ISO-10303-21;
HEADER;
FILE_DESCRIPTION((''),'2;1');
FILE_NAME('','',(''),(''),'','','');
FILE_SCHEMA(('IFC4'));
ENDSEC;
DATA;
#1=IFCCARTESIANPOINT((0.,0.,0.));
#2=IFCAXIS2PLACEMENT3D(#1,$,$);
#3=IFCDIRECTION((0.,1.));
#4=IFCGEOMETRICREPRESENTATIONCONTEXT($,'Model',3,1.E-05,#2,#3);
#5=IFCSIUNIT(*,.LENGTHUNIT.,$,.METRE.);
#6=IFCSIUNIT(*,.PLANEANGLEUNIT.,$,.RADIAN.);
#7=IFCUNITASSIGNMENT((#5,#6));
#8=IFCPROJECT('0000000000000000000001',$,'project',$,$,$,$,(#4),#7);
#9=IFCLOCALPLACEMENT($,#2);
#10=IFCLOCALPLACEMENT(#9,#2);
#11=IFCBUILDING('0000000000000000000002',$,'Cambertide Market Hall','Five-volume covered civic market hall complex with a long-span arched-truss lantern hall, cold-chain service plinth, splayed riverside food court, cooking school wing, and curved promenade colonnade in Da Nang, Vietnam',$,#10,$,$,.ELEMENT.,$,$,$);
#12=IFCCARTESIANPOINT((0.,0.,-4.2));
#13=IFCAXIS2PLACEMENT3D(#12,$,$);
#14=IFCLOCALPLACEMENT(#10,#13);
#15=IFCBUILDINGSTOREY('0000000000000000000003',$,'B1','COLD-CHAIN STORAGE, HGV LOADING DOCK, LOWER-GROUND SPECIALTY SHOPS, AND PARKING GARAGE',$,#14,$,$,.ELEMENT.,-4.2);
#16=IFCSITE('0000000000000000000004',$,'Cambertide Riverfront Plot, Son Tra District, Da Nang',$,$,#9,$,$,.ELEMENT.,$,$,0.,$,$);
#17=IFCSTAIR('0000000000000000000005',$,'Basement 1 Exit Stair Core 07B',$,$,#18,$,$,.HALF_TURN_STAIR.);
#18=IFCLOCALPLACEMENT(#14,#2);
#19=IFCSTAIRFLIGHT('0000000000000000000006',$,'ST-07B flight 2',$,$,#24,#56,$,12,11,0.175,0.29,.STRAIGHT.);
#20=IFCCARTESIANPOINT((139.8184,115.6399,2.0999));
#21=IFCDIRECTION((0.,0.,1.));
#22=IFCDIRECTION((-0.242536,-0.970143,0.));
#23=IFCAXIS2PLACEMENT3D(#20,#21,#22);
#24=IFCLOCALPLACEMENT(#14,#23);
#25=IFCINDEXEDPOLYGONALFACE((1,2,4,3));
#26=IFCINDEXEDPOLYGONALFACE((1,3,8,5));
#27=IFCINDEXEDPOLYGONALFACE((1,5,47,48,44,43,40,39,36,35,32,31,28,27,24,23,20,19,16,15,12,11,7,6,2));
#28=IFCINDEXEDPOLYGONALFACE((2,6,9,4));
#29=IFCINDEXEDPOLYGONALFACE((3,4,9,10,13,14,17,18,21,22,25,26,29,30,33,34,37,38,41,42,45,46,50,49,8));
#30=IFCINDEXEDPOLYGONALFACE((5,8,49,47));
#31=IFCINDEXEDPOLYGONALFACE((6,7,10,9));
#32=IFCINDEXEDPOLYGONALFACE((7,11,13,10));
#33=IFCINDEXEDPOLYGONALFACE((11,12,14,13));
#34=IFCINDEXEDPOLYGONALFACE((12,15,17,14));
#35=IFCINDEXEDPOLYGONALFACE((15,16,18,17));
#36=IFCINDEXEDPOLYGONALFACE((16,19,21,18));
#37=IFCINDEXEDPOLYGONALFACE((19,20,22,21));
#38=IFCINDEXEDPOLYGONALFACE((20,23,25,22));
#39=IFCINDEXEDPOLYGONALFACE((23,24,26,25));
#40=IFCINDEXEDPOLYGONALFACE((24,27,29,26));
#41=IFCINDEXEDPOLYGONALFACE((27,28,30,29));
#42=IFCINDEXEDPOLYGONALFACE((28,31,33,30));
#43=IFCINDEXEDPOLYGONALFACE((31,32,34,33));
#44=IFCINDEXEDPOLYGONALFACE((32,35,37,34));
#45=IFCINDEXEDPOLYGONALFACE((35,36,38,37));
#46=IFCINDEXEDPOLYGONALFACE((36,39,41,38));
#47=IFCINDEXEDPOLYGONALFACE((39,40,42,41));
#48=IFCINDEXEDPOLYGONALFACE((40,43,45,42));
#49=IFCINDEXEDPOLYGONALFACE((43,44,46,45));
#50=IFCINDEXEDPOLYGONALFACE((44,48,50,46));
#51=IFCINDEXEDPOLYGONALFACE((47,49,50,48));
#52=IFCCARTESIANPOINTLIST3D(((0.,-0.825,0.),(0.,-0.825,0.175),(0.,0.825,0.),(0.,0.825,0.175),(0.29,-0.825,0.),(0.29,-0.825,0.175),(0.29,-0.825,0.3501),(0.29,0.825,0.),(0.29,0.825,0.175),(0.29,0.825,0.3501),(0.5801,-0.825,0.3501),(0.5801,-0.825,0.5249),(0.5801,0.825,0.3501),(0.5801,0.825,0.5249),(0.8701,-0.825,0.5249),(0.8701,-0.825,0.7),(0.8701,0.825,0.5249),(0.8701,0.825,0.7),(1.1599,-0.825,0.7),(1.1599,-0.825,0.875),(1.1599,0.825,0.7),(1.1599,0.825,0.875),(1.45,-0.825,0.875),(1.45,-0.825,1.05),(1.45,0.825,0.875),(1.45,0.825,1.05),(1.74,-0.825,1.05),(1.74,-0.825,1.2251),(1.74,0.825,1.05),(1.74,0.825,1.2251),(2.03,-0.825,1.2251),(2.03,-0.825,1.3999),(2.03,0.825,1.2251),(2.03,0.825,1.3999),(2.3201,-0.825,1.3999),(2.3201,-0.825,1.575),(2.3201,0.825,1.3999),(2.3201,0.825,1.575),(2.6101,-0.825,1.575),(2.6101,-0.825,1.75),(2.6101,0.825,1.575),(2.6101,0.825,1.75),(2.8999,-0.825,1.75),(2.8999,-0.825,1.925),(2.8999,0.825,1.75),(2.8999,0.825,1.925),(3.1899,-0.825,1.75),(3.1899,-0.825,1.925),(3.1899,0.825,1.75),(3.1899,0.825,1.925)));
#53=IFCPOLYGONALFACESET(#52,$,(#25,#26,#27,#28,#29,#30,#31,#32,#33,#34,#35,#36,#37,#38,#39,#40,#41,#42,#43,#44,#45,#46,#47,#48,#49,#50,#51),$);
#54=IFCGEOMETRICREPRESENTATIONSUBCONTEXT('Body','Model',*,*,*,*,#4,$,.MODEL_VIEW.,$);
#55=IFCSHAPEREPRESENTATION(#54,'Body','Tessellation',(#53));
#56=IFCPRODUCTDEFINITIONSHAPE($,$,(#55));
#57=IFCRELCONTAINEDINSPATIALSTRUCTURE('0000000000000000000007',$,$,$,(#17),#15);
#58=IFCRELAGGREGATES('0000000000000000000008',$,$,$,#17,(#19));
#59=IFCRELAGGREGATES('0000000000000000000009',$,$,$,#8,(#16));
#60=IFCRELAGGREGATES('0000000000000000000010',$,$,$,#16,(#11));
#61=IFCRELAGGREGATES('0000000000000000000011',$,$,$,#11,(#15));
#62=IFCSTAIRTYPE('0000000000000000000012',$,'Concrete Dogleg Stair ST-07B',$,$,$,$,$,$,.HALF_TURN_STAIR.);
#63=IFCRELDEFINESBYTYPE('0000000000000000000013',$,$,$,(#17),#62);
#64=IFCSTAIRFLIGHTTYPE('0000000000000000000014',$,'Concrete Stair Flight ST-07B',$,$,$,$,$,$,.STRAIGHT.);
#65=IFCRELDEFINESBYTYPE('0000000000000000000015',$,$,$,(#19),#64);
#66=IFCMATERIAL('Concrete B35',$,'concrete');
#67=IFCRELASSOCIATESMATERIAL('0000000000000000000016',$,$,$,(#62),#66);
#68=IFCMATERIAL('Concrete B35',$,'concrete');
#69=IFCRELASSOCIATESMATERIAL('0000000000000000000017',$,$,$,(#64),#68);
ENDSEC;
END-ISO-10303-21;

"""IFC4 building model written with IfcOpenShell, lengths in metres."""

from ifc_helpers import new_model, si_unit, direction, frame, origin, place, context, subcontext, project, spatial, polyline, outline, extrude, material, type_object, element, aggregate, save


model = new_model("IFC4")

# Units and contexts
model_context = context("Model", 3, precision=1e-05, world=origin(), true_north=direction((0.0, 1.0)))
body_context = subcontext(model_context, "Body", "Model", "MODEL_VIEW")
ifc_project = project(units=[si_unit("LENGTHUNIT", "METRE"), si_unit("PLANEANGLEUNIT", "RADIAN")], contexts=[model_context])

# Site, building, storey
site_placement = place(None, origin())
site = spatial("IfcSite", under=ifc_project, at=site_placement, Name="Cambertide Riverfront Plot, Son Tra District, Da Nang", CompositionType="ELEMENT", RefElevation=0.0)
building_placement = place(site_placement, origin())
building = spatial("IfcBuilding", under=site, at=building_placement, Name="Cambertide Market Hall", Description="Five-volume covered civic market hall complex with a long-span arched-truss lantern hall, cold-chain service plinth, splayed riverside food court, cooking school wing, and curved promenade colonnade in Da Nang, Vietnam", CompositionType="ELEMENT")
storey_placement = place(building_placement, frame((0.0, 0.0, -4.2)))
storey = spatial("IfcBuildingStorey", under=building, at=storey_placement, Name="B1", Description="COLD-CHAIN STORAGE, HGV LOADING DOCK, LOWER-GROUND SPECIALTY SHOPS, AND PARKING GARAGE", CompositionType="ELEMENT", Elevation=-4.2)

# Stair, stair flight
ifc_material_1 = material(Name="Concrete B35", Category="concrete")
stair_type = type_object("IfcStairType", Name="Concrete Dogleg Stair ST-07B", PredefinedType="HALF_TURN_STAIR", material=ifc_material_1)
stair_placement = place(storey_placement, origin())
stair = element("IfcStair", 1, at=stair_placement, inside=storey, type_object=stair_type, Name="Basement 1 Exit Stair Core 07B", PredefinedType="HALF_TURN_STAIR")
ifc_material_2 = material(Name="Concrete B35", Category="concrete")
stair_flight_type = type_object("IfcStairFlightType", Name="Concrete Stair Flight ST-07B", PredefinedType="STRAIGHT", material=ifc_material_2)
stair_flight_placement = place(storey_placement, frame((139.8184, 115.6399, 2.0999), z_axis=(0.0, 0.0, 1.0), x_axis=(-0.242536, -0.970143, 0.0)))
stair_flight = element("IfcStairFlight", 2, at=stair_flight_placement, type_object=stair_flight_type, Name="ST-07B flight 2", NumberOfRisers=12, NumberOfTreads=11, PredefinedType="STRAIGHT", RiserHeight=0.175, TreadLength=0.29, context=body_context, shape_type="SweptSolid", body=[
    extrude(outline(polyline([(0.0, 0.0), (0.0, 0.175), (0.29, 0.175), (0.29, 0.3501), (0.5801, 0.3501), (0.5801, 0.5249), (0.8701, 0.5249), (0.8701, 0.7), (1.1599, 0.7), (1.1599, 0.875), (1.45, 0.875), (1.45, 1.05), (1.74, 1.05), (1.74, 1.2251), (2.03, 1.2251), (2.03, 1.3999), (2.3201, 1.3999), (2.3201, 1.575), (2.6101, 1.575), (2.6101, 1.75), (2.8999, 1.75), (2.8999, 1.925), (3.1899, 1.925), (3.1899, 2.1001), (3.1899, 1.75), (0.29, 0.0), (0.0, 0.0)])), frame((0.0, 0.825, 0.0), z_axis=(0.0, -1.0, 0.0), x_axis=(1.0, 0.0, 0.0)), (0.0, 0.0, 1.0), 1.6499),
])
aggregate(stair, [stair_flight])

save(model, "model.ifc")
